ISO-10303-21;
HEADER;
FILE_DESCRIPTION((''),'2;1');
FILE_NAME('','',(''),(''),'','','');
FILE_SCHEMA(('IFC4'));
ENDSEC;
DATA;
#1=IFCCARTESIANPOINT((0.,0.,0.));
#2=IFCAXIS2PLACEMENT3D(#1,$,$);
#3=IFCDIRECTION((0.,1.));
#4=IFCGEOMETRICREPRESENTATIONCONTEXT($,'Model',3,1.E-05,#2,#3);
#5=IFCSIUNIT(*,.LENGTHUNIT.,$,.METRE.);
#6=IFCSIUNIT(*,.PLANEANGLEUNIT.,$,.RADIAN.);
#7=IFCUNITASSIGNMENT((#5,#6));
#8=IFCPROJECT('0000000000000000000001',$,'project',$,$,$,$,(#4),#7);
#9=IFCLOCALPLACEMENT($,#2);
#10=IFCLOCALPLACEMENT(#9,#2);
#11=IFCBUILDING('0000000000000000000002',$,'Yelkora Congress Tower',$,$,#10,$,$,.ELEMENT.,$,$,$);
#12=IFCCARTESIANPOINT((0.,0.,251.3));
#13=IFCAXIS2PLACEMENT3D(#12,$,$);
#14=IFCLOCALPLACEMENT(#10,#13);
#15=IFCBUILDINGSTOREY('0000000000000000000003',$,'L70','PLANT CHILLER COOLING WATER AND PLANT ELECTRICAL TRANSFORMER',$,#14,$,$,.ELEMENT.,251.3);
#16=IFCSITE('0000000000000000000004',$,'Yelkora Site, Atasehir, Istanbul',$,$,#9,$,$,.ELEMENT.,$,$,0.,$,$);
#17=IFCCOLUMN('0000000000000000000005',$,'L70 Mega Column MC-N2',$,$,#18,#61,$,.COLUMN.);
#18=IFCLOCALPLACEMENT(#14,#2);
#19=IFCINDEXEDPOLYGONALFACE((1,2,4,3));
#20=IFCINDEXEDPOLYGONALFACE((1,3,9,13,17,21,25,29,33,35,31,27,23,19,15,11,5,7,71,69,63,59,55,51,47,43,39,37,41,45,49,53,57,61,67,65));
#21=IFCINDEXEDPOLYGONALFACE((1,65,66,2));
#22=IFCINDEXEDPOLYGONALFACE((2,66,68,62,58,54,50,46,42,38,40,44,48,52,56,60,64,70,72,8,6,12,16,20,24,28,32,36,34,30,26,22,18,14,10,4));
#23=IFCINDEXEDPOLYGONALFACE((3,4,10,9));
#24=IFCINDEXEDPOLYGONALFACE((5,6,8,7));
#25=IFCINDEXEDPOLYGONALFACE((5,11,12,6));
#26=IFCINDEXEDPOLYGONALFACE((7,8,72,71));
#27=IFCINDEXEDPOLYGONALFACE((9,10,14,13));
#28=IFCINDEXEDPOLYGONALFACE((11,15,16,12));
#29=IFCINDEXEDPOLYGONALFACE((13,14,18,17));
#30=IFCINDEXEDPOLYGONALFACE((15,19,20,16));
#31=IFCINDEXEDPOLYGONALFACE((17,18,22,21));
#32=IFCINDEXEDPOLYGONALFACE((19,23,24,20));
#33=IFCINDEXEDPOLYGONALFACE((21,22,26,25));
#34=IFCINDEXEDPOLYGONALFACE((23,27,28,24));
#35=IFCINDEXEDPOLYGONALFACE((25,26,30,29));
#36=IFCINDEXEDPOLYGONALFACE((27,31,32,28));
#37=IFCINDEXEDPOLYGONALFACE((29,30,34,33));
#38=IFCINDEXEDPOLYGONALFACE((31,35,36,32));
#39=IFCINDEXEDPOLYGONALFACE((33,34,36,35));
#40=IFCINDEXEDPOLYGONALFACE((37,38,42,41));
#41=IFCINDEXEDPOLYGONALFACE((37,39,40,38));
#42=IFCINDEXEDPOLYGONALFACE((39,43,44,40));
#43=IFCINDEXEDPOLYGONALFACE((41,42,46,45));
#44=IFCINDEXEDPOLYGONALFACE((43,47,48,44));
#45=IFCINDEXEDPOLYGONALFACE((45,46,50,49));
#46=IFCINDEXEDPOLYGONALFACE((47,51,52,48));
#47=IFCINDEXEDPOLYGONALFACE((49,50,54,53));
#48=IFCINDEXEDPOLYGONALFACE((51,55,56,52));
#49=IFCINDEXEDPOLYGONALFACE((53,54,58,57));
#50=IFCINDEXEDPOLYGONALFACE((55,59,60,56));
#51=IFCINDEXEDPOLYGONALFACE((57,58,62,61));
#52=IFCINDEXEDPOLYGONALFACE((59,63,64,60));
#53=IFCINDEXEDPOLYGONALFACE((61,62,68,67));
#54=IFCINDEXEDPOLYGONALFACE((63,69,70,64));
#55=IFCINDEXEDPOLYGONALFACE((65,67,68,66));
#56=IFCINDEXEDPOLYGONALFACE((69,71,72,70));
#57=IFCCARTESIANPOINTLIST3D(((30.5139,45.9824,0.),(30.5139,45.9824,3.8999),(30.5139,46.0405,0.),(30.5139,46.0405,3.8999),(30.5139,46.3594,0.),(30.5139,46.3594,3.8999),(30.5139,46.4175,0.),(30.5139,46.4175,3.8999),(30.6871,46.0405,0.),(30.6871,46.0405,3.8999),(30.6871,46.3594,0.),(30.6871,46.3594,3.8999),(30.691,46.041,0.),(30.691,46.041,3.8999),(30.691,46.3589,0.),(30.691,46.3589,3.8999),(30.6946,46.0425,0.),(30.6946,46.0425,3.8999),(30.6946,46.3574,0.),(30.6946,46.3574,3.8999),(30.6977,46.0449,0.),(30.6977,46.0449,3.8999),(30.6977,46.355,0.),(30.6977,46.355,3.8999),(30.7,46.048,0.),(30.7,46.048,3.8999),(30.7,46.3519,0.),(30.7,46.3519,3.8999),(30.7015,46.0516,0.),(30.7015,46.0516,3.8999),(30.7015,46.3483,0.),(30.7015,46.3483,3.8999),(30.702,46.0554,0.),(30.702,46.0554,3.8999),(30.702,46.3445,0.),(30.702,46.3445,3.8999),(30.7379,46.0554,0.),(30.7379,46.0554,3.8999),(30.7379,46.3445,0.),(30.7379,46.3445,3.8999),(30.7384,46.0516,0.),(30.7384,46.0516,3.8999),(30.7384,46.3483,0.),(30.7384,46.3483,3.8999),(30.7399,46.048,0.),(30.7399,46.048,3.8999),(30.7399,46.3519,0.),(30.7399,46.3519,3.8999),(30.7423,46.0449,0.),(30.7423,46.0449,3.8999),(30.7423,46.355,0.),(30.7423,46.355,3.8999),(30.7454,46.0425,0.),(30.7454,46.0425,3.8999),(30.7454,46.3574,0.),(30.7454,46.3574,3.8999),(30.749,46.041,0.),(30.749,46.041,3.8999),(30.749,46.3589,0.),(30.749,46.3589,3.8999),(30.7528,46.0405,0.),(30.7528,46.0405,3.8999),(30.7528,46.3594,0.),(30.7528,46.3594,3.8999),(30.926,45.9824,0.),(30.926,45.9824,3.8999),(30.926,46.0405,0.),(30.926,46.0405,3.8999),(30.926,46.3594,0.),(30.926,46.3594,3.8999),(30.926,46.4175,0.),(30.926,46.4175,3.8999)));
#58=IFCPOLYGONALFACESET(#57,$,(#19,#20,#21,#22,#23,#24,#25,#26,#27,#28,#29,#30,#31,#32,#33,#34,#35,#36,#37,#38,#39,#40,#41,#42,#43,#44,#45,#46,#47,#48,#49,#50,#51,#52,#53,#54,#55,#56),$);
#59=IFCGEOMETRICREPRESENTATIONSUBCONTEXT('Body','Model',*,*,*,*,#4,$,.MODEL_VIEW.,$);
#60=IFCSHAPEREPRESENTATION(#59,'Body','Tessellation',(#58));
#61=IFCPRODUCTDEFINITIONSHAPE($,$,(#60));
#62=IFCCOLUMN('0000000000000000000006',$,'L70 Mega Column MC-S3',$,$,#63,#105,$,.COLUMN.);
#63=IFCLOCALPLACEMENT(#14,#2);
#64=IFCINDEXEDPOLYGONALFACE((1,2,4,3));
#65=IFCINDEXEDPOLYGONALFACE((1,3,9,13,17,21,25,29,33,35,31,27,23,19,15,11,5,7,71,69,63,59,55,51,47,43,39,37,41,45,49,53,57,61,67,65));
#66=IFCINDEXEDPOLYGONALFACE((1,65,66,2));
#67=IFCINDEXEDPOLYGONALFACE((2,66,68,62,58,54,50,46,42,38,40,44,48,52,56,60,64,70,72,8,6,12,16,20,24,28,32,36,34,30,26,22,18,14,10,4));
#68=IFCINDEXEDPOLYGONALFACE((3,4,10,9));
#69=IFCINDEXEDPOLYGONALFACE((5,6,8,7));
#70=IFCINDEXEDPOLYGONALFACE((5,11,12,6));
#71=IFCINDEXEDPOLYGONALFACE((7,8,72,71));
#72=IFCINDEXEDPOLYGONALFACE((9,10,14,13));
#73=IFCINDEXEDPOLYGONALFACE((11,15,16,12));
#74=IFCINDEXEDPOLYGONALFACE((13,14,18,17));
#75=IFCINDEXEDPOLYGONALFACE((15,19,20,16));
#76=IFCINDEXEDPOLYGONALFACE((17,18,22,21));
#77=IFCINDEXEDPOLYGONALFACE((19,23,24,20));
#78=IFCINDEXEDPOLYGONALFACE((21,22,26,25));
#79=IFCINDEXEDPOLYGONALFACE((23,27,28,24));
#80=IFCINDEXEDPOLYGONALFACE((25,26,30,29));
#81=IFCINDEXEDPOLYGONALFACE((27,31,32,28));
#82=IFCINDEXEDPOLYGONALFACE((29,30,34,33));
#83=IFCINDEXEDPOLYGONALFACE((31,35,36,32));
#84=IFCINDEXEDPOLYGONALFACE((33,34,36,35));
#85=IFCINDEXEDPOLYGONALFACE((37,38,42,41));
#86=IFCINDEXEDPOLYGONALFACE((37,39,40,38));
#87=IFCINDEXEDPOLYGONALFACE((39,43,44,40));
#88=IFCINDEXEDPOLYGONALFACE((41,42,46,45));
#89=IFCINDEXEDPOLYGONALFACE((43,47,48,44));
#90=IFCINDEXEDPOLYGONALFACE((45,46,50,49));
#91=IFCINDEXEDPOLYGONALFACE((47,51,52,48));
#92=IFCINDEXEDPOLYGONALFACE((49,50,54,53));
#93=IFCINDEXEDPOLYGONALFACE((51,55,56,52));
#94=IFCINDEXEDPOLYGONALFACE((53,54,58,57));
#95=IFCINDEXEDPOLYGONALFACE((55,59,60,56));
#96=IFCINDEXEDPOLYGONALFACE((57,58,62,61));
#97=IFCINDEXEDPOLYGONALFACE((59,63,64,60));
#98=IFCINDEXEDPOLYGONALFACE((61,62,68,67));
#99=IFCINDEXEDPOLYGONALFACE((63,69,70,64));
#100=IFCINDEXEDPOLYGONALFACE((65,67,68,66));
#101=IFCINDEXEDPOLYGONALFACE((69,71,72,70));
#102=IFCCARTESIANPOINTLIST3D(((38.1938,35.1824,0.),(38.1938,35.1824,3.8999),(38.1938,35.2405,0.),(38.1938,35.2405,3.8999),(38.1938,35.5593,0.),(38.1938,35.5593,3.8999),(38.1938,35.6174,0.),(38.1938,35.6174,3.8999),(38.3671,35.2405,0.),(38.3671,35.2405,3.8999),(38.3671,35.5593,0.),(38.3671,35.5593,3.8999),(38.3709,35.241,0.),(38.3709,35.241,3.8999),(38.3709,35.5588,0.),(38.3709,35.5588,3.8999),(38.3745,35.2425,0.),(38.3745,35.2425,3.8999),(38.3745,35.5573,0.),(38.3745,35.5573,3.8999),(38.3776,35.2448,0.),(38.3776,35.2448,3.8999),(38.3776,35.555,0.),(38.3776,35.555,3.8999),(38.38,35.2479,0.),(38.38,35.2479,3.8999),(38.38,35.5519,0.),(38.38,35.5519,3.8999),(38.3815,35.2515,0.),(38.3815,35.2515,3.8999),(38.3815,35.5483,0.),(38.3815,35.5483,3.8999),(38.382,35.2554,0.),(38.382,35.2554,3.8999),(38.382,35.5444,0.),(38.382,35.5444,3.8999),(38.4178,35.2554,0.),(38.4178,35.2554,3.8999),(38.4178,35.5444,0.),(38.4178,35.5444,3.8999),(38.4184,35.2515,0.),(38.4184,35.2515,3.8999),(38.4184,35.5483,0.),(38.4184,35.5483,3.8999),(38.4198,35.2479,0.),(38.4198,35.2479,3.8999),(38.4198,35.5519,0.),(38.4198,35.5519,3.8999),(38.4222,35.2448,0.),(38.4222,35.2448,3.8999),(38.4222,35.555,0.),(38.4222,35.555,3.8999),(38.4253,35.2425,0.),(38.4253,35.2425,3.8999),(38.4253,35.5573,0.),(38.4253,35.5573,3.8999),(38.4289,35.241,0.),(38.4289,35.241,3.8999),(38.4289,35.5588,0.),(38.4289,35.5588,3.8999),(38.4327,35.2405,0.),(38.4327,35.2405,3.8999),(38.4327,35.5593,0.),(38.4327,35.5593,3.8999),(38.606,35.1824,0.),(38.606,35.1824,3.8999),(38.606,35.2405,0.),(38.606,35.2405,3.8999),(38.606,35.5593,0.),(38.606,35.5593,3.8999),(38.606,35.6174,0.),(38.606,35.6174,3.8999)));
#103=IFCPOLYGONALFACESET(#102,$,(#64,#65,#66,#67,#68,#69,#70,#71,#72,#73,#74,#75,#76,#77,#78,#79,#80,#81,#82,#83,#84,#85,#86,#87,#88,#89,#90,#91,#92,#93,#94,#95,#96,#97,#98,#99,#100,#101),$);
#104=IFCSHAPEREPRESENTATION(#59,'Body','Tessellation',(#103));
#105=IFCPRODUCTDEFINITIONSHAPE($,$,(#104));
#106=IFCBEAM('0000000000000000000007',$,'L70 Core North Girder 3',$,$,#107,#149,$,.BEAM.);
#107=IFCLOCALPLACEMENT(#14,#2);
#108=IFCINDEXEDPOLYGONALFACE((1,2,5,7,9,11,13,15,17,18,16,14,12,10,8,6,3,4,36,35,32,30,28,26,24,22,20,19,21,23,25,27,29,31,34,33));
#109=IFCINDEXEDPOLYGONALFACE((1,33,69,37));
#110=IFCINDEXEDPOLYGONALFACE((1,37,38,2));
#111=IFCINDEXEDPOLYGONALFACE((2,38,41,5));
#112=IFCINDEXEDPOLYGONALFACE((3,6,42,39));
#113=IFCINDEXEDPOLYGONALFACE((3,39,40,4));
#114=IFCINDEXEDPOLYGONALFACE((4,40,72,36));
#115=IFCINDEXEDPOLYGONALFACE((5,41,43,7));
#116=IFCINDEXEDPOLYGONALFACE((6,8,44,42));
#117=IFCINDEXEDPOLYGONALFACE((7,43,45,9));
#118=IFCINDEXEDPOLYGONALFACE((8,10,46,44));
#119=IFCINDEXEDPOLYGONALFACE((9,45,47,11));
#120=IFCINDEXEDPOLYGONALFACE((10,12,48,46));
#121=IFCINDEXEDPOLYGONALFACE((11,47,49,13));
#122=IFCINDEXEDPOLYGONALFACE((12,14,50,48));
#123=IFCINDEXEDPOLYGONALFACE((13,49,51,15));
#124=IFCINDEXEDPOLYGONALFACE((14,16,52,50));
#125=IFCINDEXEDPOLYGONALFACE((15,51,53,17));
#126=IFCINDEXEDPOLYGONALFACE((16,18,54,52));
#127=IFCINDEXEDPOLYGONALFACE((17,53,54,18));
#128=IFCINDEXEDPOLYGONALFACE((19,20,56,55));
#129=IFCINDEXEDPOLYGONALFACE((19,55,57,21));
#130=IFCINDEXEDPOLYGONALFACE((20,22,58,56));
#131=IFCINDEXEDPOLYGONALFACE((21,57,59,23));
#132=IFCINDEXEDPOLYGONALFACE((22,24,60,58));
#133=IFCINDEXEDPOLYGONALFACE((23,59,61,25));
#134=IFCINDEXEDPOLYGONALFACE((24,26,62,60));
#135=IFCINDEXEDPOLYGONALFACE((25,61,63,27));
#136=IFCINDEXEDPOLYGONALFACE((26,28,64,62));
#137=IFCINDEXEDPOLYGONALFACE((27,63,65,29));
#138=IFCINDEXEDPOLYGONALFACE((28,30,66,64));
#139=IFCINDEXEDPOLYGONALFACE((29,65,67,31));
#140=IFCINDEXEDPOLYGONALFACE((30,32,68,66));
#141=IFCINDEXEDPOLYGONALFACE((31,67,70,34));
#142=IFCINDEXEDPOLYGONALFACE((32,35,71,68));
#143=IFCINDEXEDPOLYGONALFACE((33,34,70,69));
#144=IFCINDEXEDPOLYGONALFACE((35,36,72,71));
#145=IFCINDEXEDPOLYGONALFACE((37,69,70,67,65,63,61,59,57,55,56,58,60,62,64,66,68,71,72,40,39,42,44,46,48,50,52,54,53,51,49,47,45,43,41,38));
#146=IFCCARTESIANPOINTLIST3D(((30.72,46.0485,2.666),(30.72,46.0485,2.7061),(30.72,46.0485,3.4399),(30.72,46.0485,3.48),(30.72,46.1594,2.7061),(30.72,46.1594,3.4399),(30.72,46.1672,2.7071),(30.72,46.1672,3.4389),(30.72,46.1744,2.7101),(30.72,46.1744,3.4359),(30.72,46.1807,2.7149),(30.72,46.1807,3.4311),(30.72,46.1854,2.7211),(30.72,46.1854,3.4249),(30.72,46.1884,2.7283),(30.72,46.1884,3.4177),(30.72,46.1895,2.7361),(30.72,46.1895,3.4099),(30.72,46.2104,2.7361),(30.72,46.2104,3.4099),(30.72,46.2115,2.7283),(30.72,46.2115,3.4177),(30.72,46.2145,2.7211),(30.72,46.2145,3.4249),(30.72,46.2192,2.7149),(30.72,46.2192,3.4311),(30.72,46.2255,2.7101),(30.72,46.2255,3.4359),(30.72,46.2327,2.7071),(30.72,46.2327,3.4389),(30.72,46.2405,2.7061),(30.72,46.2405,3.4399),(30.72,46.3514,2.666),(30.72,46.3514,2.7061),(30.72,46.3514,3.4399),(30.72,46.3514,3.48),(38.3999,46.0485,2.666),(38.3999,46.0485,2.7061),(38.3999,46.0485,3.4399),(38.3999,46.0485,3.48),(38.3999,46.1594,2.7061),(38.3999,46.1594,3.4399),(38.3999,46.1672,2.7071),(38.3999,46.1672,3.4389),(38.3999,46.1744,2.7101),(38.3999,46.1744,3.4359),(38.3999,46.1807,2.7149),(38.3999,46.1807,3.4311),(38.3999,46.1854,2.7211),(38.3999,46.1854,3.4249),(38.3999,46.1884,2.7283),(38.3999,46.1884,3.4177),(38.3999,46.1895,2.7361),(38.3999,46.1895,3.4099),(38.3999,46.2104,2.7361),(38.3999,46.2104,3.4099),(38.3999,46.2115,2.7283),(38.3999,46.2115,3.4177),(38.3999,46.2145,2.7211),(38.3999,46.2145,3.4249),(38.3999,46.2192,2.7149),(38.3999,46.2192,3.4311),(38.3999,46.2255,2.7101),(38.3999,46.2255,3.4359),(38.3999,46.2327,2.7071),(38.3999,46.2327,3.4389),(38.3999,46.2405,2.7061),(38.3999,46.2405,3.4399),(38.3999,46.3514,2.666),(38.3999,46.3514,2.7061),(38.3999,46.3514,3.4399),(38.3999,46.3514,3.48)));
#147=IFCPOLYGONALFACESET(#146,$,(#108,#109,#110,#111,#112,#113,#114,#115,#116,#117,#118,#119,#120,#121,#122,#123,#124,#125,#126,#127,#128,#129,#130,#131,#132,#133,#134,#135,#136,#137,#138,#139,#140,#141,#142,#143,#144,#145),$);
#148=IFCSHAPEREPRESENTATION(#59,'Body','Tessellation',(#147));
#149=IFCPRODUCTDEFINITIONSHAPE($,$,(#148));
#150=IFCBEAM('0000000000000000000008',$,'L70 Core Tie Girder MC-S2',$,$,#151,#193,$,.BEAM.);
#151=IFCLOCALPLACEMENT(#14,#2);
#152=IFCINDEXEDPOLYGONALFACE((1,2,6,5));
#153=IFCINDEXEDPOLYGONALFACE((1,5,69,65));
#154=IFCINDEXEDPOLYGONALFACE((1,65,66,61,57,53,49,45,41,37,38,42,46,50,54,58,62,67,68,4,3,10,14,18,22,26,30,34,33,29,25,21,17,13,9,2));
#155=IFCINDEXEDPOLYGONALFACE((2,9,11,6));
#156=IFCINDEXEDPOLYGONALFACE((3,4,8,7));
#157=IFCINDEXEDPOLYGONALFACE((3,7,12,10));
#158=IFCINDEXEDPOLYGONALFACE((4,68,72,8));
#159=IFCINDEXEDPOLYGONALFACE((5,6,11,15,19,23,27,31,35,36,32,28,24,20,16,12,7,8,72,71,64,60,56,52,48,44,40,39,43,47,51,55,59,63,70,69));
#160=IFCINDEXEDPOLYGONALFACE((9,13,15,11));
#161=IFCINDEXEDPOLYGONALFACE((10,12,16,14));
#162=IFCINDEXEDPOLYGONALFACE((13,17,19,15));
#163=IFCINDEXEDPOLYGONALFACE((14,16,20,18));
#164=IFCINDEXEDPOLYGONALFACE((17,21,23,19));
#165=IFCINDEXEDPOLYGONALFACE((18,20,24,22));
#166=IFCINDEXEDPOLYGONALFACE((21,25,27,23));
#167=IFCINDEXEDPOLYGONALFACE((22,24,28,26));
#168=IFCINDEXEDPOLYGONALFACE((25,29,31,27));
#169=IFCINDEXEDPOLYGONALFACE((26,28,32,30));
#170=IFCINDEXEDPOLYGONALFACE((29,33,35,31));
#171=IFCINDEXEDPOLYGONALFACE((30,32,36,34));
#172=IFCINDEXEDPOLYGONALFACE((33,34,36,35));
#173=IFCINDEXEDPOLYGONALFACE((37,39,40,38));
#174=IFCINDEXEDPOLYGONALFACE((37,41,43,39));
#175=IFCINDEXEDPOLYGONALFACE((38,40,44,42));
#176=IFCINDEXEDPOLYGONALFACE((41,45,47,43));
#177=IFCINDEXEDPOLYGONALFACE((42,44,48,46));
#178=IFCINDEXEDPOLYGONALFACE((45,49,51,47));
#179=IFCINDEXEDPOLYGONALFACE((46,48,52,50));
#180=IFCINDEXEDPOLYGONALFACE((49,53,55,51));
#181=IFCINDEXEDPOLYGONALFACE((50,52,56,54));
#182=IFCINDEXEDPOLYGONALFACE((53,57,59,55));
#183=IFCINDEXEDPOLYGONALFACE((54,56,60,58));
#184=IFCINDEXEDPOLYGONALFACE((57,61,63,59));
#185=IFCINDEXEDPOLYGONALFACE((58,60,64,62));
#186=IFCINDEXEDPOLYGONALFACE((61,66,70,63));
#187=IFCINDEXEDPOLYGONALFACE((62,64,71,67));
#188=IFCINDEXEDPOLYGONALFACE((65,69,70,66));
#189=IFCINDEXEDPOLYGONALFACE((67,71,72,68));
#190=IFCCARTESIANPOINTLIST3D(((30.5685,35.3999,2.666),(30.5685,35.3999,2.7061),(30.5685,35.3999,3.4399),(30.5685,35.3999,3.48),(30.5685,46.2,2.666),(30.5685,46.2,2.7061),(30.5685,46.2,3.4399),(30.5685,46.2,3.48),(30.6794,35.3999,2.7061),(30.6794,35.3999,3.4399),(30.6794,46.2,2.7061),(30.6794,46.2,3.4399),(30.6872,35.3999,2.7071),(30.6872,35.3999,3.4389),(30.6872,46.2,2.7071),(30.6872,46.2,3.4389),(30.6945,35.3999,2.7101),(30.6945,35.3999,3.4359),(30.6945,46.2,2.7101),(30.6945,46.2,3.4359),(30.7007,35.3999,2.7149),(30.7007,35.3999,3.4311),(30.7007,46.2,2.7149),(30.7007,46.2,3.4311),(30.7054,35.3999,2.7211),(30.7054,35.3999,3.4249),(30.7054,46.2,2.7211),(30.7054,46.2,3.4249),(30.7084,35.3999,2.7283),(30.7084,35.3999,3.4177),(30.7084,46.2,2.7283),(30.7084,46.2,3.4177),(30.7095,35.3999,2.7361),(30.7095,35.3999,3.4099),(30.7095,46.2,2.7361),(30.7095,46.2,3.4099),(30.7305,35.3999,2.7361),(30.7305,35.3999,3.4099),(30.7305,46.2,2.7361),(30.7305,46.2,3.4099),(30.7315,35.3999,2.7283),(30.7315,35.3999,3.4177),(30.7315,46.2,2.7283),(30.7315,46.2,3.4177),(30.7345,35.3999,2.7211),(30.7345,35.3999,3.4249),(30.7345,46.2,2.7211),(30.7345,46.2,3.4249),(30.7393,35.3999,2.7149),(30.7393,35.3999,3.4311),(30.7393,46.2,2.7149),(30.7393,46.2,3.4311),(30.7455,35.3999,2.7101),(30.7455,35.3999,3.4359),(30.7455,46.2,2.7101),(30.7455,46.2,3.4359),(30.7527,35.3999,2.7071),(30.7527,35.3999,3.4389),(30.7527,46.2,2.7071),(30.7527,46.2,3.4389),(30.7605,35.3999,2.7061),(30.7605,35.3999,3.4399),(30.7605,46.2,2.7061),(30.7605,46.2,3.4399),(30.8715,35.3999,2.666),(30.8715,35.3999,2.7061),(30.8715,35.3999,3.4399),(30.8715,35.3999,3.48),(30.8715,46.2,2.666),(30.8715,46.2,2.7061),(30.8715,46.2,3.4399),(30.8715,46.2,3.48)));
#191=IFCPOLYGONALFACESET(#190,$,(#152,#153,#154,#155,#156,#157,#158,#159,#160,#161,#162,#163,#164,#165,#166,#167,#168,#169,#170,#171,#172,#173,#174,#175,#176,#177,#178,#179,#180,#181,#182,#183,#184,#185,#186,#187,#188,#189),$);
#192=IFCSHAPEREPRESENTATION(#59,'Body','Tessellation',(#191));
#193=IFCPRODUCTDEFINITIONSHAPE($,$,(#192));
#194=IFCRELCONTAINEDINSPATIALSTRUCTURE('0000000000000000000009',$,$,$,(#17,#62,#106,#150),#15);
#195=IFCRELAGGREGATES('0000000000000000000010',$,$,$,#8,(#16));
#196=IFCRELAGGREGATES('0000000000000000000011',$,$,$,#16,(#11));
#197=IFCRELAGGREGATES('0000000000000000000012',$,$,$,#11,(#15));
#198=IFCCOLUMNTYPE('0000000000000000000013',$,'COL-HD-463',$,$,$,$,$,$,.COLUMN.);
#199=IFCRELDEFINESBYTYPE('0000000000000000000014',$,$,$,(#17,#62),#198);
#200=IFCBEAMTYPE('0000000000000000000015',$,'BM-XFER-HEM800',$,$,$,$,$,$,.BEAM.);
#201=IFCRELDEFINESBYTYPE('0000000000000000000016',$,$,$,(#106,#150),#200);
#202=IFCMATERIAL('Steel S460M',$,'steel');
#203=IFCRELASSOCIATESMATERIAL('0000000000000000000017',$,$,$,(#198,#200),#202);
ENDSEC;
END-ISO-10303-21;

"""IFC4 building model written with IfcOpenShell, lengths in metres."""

from ifc_helpers import new_model, si_unit, direction, frame, origin, origin_2d, place, context, subcontext, project, spatial, i_section, extrude, material, material_profile, profile_set, type_object, element, save


model = new_model("IFC4")

# Units and contexts
model_context = context("Model", 3, precision=1e-05, world=origin(), true_north=direction((0.0, 1.0)))
body_context = subcontext(model_context, "Body", "Model", "MODEL_VIEW")
ifc_project = project(units=[si_unit("LENGTHUNIT", "METRE"), si_unit("PLANEANGLEUNIT", "RADIAN")], contexts=[model_context])

# Site, building, storey
site_placement = place(None, origin())
site = spatial("IfcSite", under=ifc_project, at=site_placement, Name="Yelkora Site, Atasehir, Istanbul", CompositionType="ELEMENT", RefElevation=0.0)
building_placement = place(site_placement, origin())
building = spatial("IfcBuilding", under=site, at=building_placement, Name="Yelkora Congress Tower", CompositionType="ELEMENT")
storey_placement = place(building_placement, frame((0.0, 0.0, 251.3)))
storey = spatial("IfcBuildingStorey", under=building, at=storey_placement, Name="L70", Description="PLANT CHILLER COOLING WATER AND PLANT ELECTRICAL TRANSFORMER", CompositionType="ELEMENT", Elevation=251.3)

# Columns
ifc_material_1 = material(Name="Steel S460M", Category="steel")
ifc_material_profile_1 = material_profile(ifc_material_1, i_section(OverallWidth=0.4121, OverallDepth=0.4351, WebThickness=0.0359, FlangeThickness=0.0581, FilletRadius=0.0149, at=origin_2d()), Name="HD 400x463")
ifc_profile_set_1 = profile_set([ifc_material_profile_1], Name="Steel S460M")
column_type = type_object("IfcColumnType", Name="COL-HD-463", PredefinedType="COLUMN", material=ifc_profile_set_1)
for number, where, z_axis, x_axis, name in (
    (1, (30.72, 46.2, 0.0), (0.0, 0.0, 1.0), (1.0, 0.0, 0.0), "L70 Mega Column MC-N2"),
    (2, (38.3999, 35.3999, 0.0), (0.0, 0.0, 1.0), (1.0, 0.0, 0.0), "L70 Mega Column MC-S3"),
):
    element("IfcColumn", number, at=place(storey_placement, frame(where, z_axis=z_axis, x_axis=x_axis)), inside=storey, type_object=column_type, Name=name, PredefinedType="COLUMN", context=body_context, shape_type="SweptSolid", body=[
        extrude(i_section(OverallWidth=0.4121, OverallDepth=0.4351, WebThickness=0.0359, FlangeThickness=0.0581, FilletRadius=0.0149, at=origin_2d()), origin(), (0.0, 0.0, 1.0), 3.8999),
    ])

# Beams
ifc_material_profile_2 = material_profile(ifc_material_1, i_section(OverallWidth=0.303, OverallDepth=0.814, WebThickness=0.021, FlangeThickness=0.04, FilletRadius=0.03, at=origin_2d()), Name="HEM 800")
ifc_profile_set_2 = profile_set([ifc_material_profile_2], Name="Steel S460M")
beam_type = type_object("IfcBeamType", Name="BM-XFER-HEM800", PredefinedType="BEAM", material=ifc_profile_set_2)
beam_1_placement = place(storey_placement, frame((30.72, 46.2, 3.073), z_axis=(1.0, 0.0, 0.0), x_axis=(0.0, 1.0, 0.0)))
element("IfcBeam", 3, at=beam_1_placement, inside=storey, type_object=beam_type, Name="L70 Core North Girder 3", PredefinedType="BEAM", context=body_context, shape_type="SweptSolid", body=[
    extrude(i_section(OverallWidth=0.303, OverallDepth=0.814, WebThickness=0.021, FlangeThickness=0.04, FilletRadius=0.03, at=origin_2d()), origin(), (0.0, 0.0, 1.0), 7.6799),
])
beam_2_placement = place(storey_placement, frame((30.72, 35.3999, 3.073), z_axis=(0.0, 1.0, 0.0), x_axis=(-1.0, 0.0, 0.0)))
element("IfcBeam", 4, at=beam_2_placement, inside=storey, type_object=beam_type, Name="L70 Core Tie Girder MC-S2", PredefinedType="BEAM", context=body_context, shape_type="SweptSolid", body=[
    extrude(i_section(OverallWidth=0.303, OverallDepth=0.814, WebThickness=0.021, FlangeThickness=0.04, FilletRadius=0.03, at=origin_2d()), origin(), (0.0, 0.0, 1.0), 10.8),
])

save(model, "model.ifc")
